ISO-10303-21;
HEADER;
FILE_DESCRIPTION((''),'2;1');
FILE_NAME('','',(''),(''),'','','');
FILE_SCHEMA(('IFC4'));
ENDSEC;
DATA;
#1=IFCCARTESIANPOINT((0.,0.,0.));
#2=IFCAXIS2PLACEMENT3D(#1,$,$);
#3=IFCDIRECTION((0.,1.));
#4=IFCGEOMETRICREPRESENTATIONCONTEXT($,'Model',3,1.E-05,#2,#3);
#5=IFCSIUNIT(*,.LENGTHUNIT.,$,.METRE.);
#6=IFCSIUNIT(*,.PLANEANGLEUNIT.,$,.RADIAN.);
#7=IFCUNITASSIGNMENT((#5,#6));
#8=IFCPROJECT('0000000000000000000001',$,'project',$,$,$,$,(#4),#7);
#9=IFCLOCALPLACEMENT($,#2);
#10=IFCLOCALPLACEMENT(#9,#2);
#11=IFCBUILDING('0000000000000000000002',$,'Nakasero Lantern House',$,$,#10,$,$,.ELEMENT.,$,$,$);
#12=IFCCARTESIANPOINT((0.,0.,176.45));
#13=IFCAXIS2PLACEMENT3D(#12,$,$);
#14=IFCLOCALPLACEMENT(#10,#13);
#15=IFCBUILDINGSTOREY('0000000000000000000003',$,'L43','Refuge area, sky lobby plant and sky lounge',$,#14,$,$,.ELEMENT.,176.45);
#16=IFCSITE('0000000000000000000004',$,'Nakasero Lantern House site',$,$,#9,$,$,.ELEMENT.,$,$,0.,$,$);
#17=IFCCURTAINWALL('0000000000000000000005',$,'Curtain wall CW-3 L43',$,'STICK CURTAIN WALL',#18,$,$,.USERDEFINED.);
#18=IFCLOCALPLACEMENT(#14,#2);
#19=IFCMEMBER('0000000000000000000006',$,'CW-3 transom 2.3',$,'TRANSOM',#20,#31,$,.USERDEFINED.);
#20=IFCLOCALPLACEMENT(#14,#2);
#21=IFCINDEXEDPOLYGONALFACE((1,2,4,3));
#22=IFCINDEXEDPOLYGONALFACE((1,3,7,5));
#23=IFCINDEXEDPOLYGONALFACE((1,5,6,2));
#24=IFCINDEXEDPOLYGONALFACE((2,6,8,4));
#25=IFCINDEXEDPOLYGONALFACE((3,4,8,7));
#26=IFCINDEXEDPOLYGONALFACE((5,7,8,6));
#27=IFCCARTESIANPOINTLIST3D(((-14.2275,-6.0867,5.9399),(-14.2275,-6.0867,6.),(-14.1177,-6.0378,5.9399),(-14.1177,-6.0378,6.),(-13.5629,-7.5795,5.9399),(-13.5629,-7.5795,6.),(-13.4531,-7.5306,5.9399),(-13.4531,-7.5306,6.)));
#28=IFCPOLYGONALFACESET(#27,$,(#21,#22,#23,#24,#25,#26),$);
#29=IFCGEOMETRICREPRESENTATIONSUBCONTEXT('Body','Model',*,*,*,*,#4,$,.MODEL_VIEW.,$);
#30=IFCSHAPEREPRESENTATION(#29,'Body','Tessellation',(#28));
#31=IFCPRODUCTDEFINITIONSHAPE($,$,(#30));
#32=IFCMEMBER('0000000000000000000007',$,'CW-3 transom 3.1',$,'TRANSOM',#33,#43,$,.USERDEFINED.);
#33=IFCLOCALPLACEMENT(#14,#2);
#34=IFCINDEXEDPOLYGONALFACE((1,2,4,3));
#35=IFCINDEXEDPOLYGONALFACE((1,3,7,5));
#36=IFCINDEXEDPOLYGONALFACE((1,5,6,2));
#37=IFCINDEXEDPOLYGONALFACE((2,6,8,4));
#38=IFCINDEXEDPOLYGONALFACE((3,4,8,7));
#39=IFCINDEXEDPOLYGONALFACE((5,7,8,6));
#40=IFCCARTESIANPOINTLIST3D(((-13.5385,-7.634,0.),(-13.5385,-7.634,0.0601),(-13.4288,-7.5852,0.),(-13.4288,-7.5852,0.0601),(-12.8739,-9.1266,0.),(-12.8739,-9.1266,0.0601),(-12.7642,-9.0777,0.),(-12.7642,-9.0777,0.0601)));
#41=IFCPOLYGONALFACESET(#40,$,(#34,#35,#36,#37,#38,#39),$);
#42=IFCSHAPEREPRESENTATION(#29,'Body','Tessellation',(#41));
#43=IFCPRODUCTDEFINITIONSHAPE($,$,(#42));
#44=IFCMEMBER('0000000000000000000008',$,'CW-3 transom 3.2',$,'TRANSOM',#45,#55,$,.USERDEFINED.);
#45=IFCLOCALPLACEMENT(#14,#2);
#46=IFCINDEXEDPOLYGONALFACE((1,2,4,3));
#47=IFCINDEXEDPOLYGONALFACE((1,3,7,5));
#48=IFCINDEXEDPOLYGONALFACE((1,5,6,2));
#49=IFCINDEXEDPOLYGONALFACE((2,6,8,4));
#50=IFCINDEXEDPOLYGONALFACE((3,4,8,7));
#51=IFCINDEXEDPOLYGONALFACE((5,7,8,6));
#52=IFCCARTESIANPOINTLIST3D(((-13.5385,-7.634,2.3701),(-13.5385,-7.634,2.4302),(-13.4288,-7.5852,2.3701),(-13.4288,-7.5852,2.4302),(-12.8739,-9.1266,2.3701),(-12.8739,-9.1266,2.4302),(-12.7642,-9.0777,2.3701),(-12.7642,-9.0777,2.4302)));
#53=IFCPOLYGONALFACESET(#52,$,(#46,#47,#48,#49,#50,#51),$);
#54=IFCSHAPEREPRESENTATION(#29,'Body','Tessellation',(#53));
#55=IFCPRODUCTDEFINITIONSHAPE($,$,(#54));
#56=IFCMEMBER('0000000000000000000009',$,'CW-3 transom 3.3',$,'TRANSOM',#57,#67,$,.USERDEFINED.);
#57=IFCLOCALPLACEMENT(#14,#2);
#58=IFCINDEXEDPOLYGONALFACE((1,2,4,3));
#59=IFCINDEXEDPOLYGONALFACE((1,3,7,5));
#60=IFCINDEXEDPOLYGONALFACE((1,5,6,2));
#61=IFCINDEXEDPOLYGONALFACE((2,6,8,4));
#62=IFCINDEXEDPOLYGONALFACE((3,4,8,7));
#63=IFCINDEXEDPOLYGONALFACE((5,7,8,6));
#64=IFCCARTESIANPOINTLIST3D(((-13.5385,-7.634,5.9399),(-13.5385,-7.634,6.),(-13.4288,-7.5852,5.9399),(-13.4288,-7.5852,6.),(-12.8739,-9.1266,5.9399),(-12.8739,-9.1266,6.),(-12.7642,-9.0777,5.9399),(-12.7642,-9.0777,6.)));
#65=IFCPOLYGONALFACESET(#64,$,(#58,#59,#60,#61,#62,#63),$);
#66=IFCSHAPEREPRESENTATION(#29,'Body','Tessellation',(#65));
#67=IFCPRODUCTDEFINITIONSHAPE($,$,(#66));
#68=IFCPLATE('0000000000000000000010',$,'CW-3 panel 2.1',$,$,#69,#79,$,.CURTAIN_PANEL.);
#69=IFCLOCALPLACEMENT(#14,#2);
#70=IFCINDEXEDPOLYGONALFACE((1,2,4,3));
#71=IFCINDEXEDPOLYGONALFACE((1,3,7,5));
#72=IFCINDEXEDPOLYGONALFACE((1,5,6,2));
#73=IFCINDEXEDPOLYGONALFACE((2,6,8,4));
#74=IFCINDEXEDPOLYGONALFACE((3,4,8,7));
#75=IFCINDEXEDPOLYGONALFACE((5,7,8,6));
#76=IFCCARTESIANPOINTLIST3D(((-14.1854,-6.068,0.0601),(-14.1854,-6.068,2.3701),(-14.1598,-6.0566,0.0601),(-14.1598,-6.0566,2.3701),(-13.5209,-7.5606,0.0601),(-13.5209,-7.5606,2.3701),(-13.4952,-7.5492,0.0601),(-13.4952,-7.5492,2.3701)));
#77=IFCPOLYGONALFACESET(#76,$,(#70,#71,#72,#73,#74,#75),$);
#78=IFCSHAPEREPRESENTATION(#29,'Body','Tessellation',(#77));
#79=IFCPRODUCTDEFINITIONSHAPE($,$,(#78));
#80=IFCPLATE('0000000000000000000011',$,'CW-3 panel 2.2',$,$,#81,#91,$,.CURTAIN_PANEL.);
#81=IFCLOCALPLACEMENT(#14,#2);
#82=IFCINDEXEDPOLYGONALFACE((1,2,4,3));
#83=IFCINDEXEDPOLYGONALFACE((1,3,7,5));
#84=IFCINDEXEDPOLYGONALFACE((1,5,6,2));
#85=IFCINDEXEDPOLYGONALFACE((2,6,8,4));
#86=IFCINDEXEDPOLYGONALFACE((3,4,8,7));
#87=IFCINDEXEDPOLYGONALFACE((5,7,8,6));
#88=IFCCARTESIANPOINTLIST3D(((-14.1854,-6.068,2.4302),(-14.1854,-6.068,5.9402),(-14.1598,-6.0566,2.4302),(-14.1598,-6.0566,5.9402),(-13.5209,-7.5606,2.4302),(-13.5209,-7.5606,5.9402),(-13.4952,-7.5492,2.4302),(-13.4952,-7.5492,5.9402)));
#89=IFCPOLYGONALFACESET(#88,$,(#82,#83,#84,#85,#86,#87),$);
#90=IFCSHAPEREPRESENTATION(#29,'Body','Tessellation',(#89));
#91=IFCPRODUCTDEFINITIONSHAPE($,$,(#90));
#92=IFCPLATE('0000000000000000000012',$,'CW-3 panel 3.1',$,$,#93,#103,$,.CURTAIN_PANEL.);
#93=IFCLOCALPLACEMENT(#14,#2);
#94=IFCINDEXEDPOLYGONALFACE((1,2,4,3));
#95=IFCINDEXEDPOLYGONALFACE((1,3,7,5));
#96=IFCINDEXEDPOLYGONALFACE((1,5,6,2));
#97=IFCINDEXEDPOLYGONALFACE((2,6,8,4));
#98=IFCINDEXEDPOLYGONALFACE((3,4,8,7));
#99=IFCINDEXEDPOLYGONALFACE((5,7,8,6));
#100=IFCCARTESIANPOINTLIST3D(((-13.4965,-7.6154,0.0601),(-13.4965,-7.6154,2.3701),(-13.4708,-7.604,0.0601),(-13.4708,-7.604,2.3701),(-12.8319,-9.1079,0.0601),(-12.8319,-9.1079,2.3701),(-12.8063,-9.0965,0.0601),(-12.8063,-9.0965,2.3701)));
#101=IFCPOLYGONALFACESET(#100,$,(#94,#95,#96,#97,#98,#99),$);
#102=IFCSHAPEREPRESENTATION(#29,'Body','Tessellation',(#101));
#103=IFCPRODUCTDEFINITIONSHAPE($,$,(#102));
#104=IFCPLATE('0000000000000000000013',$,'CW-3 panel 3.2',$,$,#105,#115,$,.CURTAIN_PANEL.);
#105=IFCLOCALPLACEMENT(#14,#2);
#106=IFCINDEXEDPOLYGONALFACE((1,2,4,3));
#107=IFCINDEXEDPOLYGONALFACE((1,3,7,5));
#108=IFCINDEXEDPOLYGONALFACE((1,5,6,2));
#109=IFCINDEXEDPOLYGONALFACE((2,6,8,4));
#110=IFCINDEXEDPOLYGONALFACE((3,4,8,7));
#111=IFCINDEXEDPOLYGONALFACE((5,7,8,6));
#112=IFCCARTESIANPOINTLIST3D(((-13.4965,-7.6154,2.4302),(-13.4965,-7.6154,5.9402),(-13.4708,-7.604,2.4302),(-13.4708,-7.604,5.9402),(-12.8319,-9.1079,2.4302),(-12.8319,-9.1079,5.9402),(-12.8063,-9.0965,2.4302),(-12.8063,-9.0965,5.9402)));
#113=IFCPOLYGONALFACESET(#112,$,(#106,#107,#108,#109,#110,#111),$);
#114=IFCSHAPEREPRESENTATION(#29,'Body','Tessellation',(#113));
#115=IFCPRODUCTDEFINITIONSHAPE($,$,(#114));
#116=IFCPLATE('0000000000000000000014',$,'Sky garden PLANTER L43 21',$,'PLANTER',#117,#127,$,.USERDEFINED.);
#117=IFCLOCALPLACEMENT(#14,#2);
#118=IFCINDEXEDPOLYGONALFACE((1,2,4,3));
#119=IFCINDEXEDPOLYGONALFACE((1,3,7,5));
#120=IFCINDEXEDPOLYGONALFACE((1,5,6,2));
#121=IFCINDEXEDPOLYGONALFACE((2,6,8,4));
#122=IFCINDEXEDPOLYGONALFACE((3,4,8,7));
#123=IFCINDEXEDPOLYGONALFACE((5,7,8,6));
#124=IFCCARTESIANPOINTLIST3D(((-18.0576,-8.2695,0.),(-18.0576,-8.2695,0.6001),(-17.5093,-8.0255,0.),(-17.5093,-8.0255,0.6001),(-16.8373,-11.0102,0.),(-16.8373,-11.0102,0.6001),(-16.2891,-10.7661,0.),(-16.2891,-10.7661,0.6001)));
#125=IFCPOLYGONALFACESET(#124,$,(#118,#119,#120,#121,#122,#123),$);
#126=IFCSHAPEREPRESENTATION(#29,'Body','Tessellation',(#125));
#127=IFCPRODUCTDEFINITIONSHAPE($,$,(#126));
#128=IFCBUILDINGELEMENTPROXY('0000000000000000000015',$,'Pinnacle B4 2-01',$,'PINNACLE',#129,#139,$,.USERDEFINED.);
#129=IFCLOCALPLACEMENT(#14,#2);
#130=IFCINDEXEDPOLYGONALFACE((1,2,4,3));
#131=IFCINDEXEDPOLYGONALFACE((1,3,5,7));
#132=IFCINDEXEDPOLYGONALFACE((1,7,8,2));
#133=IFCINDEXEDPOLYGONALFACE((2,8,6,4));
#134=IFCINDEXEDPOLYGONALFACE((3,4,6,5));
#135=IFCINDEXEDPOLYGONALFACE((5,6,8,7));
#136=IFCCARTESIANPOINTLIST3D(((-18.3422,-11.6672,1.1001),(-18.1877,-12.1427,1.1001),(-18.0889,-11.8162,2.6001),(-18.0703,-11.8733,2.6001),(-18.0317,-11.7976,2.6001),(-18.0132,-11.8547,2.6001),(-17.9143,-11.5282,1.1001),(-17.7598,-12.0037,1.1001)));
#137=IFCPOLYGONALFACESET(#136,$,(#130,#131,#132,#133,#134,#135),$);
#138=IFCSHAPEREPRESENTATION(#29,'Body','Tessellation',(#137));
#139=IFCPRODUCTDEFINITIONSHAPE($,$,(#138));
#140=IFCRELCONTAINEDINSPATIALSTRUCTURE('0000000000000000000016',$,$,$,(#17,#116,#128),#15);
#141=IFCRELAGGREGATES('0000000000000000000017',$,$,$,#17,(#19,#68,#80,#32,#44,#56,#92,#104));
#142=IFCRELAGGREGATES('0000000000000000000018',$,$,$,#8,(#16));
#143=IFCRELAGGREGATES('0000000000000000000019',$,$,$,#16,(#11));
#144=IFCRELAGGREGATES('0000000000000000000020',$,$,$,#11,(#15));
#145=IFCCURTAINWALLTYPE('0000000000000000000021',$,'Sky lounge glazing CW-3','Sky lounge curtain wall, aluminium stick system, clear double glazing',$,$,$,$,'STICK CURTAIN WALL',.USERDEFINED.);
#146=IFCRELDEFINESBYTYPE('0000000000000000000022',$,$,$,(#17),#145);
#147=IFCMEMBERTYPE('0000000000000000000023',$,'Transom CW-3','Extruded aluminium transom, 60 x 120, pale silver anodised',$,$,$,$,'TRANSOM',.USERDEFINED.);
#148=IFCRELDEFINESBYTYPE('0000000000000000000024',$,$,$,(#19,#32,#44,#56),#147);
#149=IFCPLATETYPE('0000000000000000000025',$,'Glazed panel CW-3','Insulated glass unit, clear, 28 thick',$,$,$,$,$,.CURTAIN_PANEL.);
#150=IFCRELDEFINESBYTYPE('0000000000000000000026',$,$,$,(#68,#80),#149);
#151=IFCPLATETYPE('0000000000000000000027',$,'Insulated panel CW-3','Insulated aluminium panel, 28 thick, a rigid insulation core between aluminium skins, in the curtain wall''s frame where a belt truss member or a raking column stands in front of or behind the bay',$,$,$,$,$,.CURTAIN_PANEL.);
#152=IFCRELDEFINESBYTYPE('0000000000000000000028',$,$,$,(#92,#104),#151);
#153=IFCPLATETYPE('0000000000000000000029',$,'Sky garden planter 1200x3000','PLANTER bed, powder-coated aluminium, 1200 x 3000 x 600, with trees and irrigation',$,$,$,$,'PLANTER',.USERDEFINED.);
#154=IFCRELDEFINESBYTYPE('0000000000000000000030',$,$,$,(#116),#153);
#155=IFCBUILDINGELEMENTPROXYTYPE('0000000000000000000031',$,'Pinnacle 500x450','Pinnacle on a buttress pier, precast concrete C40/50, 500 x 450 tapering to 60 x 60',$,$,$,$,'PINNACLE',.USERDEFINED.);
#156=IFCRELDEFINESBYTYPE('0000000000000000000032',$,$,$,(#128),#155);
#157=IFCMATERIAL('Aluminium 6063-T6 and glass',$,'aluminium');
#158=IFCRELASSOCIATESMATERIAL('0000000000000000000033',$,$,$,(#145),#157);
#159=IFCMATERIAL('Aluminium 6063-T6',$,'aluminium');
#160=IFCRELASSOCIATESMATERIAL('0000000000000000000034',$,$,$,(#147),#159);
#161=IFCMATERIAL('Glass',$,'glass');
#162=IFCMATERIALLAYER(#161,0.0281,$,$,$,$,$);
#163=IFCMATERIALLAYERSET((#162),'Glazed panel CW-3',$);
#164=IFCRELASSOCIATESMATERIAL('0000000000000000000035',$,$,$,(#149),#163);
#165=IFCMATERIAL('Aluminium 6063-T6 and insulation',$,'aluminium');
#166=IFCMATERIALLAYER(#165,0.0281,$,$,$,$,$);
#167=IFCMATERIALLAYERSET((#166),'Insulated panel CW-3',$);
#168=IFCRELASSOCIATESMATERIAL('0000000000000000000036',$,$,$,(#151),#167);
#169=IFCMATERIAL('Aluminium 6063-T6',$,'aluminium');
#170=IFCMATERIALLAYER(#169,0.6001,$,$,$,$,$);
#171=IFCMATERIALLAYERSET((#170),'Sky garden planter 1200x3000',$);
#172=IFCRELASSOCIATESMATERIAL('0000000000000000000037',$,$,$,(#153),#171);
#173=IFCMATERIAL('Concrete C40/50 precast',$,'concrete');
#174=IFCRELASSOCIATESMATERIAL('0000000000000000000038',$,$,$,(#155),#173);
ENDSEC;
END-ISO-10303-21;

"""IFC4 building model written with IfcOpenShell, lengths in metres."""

from ifc_helpers import new_model, entity, si_unit, direction, frame, origin, origin_2d, place, context, subcontext, project, spatial, rectangle, extrude, material, layer, layer_set, material_profile, profile_set, type_object, element, aggregate, save


model = new_model("IFC4")

# Units and contexts
model_context = context("Model", 3, precision=1e-05, world=origin(), true_north=direction((0.0, 1.0)))
body_context = subcontext(model_context, "Body", "Model", "MODEL_VIEW")
ifc_project = project(units=[si_unit("LENGTHUNIT", "METRE"), si_unit("PLANEANGLEUNIT", "RADIAN")], contexts=[model_context])

# Site, building, storey
site_placement = place(None, origin())
site = spatial("IfcSite", under=ifc_project, at=site_placement, Name="Nakasero Lantern House site", CompositionType="ELEMENT", RefElevation=0.0)
building_placement = place(site_placement, origin())
building = spatial("IfcBuilding", under=site, at=building_placement, Name="Nakasero Lantern House", CompositionType="ELEMENT")
storey_placement = place(building_placement, frame((0.0, 0.0, 176.45)))
storey = spatial("IfcBuildingStorey", under=building, at=storey_placement, Name="L43", Description="Refuge area, sky lobby plant and sky lounge", CompositionType="ELEMENT", Elevation=176.45)

# Curtain wall
ifc_material_1 = material(Name="Aluminium 6063-T6 and glass", Category="aluminium")
curtain_wall_type = type_object("IfcCurtainWallType", Name="Sky lounge glazing CW-3", Description="Sky lounge curtain wall, aluminium stick system, clear double glazing", ElementType="STICK CURTAIN WALL", PredefinedType="USERDEFINED", material=ifc_material_1)
curtain_wall_placement = place(storey_placement, origin())
curtain_wall = element("IfcCurtainWall", 1, at=curtain_wall_placement, inside=storey, type_object=curtain_wall_type, Name="Curtain wall CW-3 L43", ObjectType="STICK CURTAIN WALL", PredefinedType="USERDEFINED")

# Members
ifc_material_2 = material(Name="Aluminium 6063-T6", Category="aluminium")
ifc_material_profile_1 = material_profile(ifc_material_2, rectangle(XDim=0.0601, YDim=0.1201, at=origin_2d()), Name="CW-3 transom 60x120")
ifc_profile_set_1 = profile_set([ifc_material_profile_1], Name="Aluminium 6063-T6")
member_type_1 = type_object("IfcMemberType", Name="Transom CW-3", Description="Extruded aluminium transom, 60 x 120, pale silver anodised", ElementType="TRANSOM", PredefinedType="USERDEFINED", material=ifc_profile_set_1)
member_1_placement = place(storey_placement, frame((-14.1726, -6.0623, 5.97), z_axis=(0.406721, -0.913553, 0.0), x_axis=(0.0, 0.0, 1.0)))
member_1 = element("IfcMember", 2, at=member_1_placement, type_object=member_type_1, Name="CW-3 transom 2.3", ObjectType="TRANSOM", PredefinedType="USERDEFINED", context=body_context, shape_type="SweptSolid", body=[
    extrude(rectangle(XDim=0.0601, YDim=0.1201, at=origin_2d()), origin(), (0.0, 0.0, 1.0), 1.634),
])
member_2_placement = place(storey_placement, frame((-13.4836, -7.6096, 0.03), z_axis=(0.406776, -0.913528, 0.0), x_axis=(0.0, 0.0, 1.0)))
member_2 = element("IfcMember", 3, at=member_2_placement, type_object=member_type_1, Name="CW-3 transom 3.1", ObjectType="TRANSOM", PredefinedType="USERDEFINED", context=body_context, shape_type="SweptSolid", body=[
    extrude(rectangle(XDim=0.0601, YDim=0.1201, at=origin_2d()), origin(), (0.0, 0.0, 1.0), 1.6338),
])
member_3_placement = place(storey_placement, frame((-13.4836, -7.6096, 2.4001), z_axis=(0.406776, -0.913528, 0.0), x_axis=(0.0, 0.0, 1.0)))
member_3 = element("IfcMember", 4, at=member_3_placement, type_object=member_type_1, Name="CW-3 transom 3.2", ObjectType="TRANSOM", PredefinedType="USERDEFINED", context=body_context, shape_type="SweptSolid", body=[
    extrude(rectangle(XDim=0.0601, YDim=0.1201, at=origin_2d()), origin(), (0.0, 0.0, 1.0), 1.6338),
])
member_4_placement = place(storey_placement, frame((-13.4836, -7.6096, 5.97), z_axis=(0.406776, -0.913528, 0.0), x_axis=(0.0, 0.0, 1.0)))
member_4 = element("IfcMember", 5, at=member_4_placement, type_object=member_type_1, Name="CW-3 transom 3.3", ObjectType="TRANSOM", PredefinedType="USERDEFINED", context=body_context, shape_type="SweptSolid", body=[
    extrude(rectangle(XDim=0.0601, YDim=0.1201, at=origin_2d()), origin(), (0.0, 0.0, 1.0), 1.6338),
])

# Plates
ifc_material_3 = material(Name="Glass", Category="glass")
ifc_layer_1 = layer(ifc_material_3, 0.0281)
ifc_layer_set_1 = layer_set([ifc_layer_1], Name="Glazed panel CW-3")
plate_type_1 = type_object("IfcPlateType", Name="Glazed panel CW-3", Description="Insulated glass unit, clear, 28 thick", PredefinedType="CURTAIN_PANEL", material=ifc_layer_set_1)
plate_1_placement = place(storey_placement, frame((-13.8403, -6.8086, 0.0601), z_axis=(0.0, 0.0, 1.0), x_axis=(0.406737, -0.913545, 0.0)))
plate_1 = element("IfcPlate", 6, at=plate_1_placement, type_object=plate_type_1, Name="CW-3 panel 2.1", PredefinedType="CURTAIN_PANEL", context=body_context, shape_type="SweptSolid", body=[
    extrude(rectangle(XDim=1.6338, YDim=0.0281, at=origin_2d()), origin(), (0.0, 0.0, 1.0), 2.3101),
])
plate_2_placement = place(storey_placement, frame((-13.8403, -6.8086, 2.4302), z_axis=(0.0, 0.0, 1.0), x_axis=(0.406737, -0.913545, 0.0)))
plate_2 = element("IfcPlate", 7, at=plate_2_placement, type_object=plate_type_1, Name="CW-3 panel 2.2", PredefinedType="CURTAIN_PANEL", context=body_context, shape_type="SweptSolid", body=[
    extrude(rectangle(XDim=1.6338, YDim=0.0281, at=origin_2d()), origin(), (0.0, 0.0, 1.0), 3.51),
])
ifc_material_4 = material(Name="Aluminium 6063-T6 and insulation", Category="aluminium")
ifc_layer_2 = layer(ifc_material_4, 0.0281)
ifc_layer_set_2 = layer_set([ifc_layer_2], Name="Insulated panel CW-3")
plate_type_2 = type_object("IfcPlateType", Name="Insulated panel CW-3", Description="Insulated aluminium panel, 28 thick, a rigid insulation core between aluminium skins, in the curtain wall's frame where a belt truss member or a raking column stands in front of or behind the bay", PredefinedType="CURTAIN_PANEL", material=ifc_layer_set_2)
plate_3_placement = place(storey_placement, frame((-13.1514, -8.356, 0.0601), z_axis=(0.0, 0.0, 1.0), x_axis=(0.406737, -0.913545, 0.0)))
plate_3 = element("IfcPlate", 8, at=plate_3_placement, type_object=plate_type_2, Name="CW-3 panel 3.1", PredefinedType="CURTAIN_PANEL", context=body_context, shape_type="SweptSolid", body=[
    extrude(rectangle(XDim=1.6338, YDim=0.0281, at=origin_2d()), origin(), (0.0, 0.0, 1.0), 2.3101),
])
plate_4_placement = place(storey_placement, frame((-13.1514, -8.356, 2.4302), z_axis=(0.0, 0.0, 1.0), x_axis=(0.406737, -0.913545, 0.0)))
plate_4 = element("IfcPlate", 9, at=plate_4_placement, type_object=plate_type_2, Name="CW-3 panel 3.2", PredefinedType="CURTAIN_PANEL", context=body_context, shape_type="SweptSolid", body=[
    extrude(rectangle(XDim=1.6338, YDim=0.0281, at=origin_2d()), origin(), (0.0, 0.0, 1.0), 3.51),
])
aggregate(curtain_wall, [member_1, plate_1, plate_2, member_2, member_3, member_4, plate_3, plate_4])
ifc_material_5 = material(Name="Aluminium 6063-T6", Category="aluminium")
ifc_layer_3 = layer(ifc_material_5, 0.6001)
ifc_layer_set_3 = layer_set([ifc_layer_3], Name="Sky garden planter 1200x3000")
plate_type_3 = type_object("IfcPlateType", Name="Sky garden planter 1200x3000", Description="PLANTER bed, powder-coated aluminium, 1200 x 3000 x 600, with trees and irrigation", ElementType="PLANTER", PredefinedType="USERDEFINED", material=ifc_layer_set_3)
plate_5_placement = place(storey_placement, frame((-17.1733, -9.5178, 0.0), z_axis=(0.0, 0.0, 1.0), x_axis=(-0.913545, -0.406737, 0.0)))
element("IfcPlate", 10, at=plate_5_placement, inside=storey, type_object=plate_type_3, Name="Sky garden PLANTER L43 21", ObjectType="PLANTER", PredefinedType="USERDEFINED", context=body_context, shape_type="SweptSolid", body=[
    extrude(rectangle(XDim=0.6001, YDim=3.0, at=origin_2d()), origin(), (0.0, 0.0, 1.0), 0.6001),
])

# Building element proxy
ifc_material_6 = material(Name="Concrete C40/50 precast", Category="concrete")
building_element_proxy_type = type_object("IfcBuildingElementProxyType", Name="Pinnacle 500x450", Description="Pinnacle on a buttress pier, precast concrete C40/50, 500 x 450 tapering to 60 x 60", ElementType="PINNACLE", PredefinedType="USERDEFINED", material=ifc_material_6)
proxy_placement = place(storey_placement, frame((-18.051, -11.8354, 1.1001), z_axis=(0.0, 0.0, 1.0), x_axis=(-0.951057, -0.309017, 0.0)))
element("IfcBuildingElementProxy", 11, at=proxy_placement, inside=storey, type_object=building_element_proxy_type, Name="Pinnacle B4 2-01", ObjectType="PINNACLE", PredefinedType="USERDEFINED", context=body_context, shape_type="SweptSolid", body=[
    entity("IfcExtrudedAreaSolidTapered", entity("IfcRectangleProfileDef", "AREA", None, entity("IfcAxis2Placement2D", entity("IfcCartesianPoint", [0.0, 0.0])), 0.45, 0.5), entity("IfcAxis2Placement3D", entity("IfcCartesianPoint", [0.0, 0.0, 0.0])), entity("IfcDirection", [0.0, 0.0, 1.0]), 1.5, entity("IfcRectangleProfileDef", "AREA", None, entity("IfcAxis2Placement2D", entity("IfcCartesianPoint", [0.0, 0.0])), 0.0601, 0.0601)),
])

save(model, "model.ifc")
